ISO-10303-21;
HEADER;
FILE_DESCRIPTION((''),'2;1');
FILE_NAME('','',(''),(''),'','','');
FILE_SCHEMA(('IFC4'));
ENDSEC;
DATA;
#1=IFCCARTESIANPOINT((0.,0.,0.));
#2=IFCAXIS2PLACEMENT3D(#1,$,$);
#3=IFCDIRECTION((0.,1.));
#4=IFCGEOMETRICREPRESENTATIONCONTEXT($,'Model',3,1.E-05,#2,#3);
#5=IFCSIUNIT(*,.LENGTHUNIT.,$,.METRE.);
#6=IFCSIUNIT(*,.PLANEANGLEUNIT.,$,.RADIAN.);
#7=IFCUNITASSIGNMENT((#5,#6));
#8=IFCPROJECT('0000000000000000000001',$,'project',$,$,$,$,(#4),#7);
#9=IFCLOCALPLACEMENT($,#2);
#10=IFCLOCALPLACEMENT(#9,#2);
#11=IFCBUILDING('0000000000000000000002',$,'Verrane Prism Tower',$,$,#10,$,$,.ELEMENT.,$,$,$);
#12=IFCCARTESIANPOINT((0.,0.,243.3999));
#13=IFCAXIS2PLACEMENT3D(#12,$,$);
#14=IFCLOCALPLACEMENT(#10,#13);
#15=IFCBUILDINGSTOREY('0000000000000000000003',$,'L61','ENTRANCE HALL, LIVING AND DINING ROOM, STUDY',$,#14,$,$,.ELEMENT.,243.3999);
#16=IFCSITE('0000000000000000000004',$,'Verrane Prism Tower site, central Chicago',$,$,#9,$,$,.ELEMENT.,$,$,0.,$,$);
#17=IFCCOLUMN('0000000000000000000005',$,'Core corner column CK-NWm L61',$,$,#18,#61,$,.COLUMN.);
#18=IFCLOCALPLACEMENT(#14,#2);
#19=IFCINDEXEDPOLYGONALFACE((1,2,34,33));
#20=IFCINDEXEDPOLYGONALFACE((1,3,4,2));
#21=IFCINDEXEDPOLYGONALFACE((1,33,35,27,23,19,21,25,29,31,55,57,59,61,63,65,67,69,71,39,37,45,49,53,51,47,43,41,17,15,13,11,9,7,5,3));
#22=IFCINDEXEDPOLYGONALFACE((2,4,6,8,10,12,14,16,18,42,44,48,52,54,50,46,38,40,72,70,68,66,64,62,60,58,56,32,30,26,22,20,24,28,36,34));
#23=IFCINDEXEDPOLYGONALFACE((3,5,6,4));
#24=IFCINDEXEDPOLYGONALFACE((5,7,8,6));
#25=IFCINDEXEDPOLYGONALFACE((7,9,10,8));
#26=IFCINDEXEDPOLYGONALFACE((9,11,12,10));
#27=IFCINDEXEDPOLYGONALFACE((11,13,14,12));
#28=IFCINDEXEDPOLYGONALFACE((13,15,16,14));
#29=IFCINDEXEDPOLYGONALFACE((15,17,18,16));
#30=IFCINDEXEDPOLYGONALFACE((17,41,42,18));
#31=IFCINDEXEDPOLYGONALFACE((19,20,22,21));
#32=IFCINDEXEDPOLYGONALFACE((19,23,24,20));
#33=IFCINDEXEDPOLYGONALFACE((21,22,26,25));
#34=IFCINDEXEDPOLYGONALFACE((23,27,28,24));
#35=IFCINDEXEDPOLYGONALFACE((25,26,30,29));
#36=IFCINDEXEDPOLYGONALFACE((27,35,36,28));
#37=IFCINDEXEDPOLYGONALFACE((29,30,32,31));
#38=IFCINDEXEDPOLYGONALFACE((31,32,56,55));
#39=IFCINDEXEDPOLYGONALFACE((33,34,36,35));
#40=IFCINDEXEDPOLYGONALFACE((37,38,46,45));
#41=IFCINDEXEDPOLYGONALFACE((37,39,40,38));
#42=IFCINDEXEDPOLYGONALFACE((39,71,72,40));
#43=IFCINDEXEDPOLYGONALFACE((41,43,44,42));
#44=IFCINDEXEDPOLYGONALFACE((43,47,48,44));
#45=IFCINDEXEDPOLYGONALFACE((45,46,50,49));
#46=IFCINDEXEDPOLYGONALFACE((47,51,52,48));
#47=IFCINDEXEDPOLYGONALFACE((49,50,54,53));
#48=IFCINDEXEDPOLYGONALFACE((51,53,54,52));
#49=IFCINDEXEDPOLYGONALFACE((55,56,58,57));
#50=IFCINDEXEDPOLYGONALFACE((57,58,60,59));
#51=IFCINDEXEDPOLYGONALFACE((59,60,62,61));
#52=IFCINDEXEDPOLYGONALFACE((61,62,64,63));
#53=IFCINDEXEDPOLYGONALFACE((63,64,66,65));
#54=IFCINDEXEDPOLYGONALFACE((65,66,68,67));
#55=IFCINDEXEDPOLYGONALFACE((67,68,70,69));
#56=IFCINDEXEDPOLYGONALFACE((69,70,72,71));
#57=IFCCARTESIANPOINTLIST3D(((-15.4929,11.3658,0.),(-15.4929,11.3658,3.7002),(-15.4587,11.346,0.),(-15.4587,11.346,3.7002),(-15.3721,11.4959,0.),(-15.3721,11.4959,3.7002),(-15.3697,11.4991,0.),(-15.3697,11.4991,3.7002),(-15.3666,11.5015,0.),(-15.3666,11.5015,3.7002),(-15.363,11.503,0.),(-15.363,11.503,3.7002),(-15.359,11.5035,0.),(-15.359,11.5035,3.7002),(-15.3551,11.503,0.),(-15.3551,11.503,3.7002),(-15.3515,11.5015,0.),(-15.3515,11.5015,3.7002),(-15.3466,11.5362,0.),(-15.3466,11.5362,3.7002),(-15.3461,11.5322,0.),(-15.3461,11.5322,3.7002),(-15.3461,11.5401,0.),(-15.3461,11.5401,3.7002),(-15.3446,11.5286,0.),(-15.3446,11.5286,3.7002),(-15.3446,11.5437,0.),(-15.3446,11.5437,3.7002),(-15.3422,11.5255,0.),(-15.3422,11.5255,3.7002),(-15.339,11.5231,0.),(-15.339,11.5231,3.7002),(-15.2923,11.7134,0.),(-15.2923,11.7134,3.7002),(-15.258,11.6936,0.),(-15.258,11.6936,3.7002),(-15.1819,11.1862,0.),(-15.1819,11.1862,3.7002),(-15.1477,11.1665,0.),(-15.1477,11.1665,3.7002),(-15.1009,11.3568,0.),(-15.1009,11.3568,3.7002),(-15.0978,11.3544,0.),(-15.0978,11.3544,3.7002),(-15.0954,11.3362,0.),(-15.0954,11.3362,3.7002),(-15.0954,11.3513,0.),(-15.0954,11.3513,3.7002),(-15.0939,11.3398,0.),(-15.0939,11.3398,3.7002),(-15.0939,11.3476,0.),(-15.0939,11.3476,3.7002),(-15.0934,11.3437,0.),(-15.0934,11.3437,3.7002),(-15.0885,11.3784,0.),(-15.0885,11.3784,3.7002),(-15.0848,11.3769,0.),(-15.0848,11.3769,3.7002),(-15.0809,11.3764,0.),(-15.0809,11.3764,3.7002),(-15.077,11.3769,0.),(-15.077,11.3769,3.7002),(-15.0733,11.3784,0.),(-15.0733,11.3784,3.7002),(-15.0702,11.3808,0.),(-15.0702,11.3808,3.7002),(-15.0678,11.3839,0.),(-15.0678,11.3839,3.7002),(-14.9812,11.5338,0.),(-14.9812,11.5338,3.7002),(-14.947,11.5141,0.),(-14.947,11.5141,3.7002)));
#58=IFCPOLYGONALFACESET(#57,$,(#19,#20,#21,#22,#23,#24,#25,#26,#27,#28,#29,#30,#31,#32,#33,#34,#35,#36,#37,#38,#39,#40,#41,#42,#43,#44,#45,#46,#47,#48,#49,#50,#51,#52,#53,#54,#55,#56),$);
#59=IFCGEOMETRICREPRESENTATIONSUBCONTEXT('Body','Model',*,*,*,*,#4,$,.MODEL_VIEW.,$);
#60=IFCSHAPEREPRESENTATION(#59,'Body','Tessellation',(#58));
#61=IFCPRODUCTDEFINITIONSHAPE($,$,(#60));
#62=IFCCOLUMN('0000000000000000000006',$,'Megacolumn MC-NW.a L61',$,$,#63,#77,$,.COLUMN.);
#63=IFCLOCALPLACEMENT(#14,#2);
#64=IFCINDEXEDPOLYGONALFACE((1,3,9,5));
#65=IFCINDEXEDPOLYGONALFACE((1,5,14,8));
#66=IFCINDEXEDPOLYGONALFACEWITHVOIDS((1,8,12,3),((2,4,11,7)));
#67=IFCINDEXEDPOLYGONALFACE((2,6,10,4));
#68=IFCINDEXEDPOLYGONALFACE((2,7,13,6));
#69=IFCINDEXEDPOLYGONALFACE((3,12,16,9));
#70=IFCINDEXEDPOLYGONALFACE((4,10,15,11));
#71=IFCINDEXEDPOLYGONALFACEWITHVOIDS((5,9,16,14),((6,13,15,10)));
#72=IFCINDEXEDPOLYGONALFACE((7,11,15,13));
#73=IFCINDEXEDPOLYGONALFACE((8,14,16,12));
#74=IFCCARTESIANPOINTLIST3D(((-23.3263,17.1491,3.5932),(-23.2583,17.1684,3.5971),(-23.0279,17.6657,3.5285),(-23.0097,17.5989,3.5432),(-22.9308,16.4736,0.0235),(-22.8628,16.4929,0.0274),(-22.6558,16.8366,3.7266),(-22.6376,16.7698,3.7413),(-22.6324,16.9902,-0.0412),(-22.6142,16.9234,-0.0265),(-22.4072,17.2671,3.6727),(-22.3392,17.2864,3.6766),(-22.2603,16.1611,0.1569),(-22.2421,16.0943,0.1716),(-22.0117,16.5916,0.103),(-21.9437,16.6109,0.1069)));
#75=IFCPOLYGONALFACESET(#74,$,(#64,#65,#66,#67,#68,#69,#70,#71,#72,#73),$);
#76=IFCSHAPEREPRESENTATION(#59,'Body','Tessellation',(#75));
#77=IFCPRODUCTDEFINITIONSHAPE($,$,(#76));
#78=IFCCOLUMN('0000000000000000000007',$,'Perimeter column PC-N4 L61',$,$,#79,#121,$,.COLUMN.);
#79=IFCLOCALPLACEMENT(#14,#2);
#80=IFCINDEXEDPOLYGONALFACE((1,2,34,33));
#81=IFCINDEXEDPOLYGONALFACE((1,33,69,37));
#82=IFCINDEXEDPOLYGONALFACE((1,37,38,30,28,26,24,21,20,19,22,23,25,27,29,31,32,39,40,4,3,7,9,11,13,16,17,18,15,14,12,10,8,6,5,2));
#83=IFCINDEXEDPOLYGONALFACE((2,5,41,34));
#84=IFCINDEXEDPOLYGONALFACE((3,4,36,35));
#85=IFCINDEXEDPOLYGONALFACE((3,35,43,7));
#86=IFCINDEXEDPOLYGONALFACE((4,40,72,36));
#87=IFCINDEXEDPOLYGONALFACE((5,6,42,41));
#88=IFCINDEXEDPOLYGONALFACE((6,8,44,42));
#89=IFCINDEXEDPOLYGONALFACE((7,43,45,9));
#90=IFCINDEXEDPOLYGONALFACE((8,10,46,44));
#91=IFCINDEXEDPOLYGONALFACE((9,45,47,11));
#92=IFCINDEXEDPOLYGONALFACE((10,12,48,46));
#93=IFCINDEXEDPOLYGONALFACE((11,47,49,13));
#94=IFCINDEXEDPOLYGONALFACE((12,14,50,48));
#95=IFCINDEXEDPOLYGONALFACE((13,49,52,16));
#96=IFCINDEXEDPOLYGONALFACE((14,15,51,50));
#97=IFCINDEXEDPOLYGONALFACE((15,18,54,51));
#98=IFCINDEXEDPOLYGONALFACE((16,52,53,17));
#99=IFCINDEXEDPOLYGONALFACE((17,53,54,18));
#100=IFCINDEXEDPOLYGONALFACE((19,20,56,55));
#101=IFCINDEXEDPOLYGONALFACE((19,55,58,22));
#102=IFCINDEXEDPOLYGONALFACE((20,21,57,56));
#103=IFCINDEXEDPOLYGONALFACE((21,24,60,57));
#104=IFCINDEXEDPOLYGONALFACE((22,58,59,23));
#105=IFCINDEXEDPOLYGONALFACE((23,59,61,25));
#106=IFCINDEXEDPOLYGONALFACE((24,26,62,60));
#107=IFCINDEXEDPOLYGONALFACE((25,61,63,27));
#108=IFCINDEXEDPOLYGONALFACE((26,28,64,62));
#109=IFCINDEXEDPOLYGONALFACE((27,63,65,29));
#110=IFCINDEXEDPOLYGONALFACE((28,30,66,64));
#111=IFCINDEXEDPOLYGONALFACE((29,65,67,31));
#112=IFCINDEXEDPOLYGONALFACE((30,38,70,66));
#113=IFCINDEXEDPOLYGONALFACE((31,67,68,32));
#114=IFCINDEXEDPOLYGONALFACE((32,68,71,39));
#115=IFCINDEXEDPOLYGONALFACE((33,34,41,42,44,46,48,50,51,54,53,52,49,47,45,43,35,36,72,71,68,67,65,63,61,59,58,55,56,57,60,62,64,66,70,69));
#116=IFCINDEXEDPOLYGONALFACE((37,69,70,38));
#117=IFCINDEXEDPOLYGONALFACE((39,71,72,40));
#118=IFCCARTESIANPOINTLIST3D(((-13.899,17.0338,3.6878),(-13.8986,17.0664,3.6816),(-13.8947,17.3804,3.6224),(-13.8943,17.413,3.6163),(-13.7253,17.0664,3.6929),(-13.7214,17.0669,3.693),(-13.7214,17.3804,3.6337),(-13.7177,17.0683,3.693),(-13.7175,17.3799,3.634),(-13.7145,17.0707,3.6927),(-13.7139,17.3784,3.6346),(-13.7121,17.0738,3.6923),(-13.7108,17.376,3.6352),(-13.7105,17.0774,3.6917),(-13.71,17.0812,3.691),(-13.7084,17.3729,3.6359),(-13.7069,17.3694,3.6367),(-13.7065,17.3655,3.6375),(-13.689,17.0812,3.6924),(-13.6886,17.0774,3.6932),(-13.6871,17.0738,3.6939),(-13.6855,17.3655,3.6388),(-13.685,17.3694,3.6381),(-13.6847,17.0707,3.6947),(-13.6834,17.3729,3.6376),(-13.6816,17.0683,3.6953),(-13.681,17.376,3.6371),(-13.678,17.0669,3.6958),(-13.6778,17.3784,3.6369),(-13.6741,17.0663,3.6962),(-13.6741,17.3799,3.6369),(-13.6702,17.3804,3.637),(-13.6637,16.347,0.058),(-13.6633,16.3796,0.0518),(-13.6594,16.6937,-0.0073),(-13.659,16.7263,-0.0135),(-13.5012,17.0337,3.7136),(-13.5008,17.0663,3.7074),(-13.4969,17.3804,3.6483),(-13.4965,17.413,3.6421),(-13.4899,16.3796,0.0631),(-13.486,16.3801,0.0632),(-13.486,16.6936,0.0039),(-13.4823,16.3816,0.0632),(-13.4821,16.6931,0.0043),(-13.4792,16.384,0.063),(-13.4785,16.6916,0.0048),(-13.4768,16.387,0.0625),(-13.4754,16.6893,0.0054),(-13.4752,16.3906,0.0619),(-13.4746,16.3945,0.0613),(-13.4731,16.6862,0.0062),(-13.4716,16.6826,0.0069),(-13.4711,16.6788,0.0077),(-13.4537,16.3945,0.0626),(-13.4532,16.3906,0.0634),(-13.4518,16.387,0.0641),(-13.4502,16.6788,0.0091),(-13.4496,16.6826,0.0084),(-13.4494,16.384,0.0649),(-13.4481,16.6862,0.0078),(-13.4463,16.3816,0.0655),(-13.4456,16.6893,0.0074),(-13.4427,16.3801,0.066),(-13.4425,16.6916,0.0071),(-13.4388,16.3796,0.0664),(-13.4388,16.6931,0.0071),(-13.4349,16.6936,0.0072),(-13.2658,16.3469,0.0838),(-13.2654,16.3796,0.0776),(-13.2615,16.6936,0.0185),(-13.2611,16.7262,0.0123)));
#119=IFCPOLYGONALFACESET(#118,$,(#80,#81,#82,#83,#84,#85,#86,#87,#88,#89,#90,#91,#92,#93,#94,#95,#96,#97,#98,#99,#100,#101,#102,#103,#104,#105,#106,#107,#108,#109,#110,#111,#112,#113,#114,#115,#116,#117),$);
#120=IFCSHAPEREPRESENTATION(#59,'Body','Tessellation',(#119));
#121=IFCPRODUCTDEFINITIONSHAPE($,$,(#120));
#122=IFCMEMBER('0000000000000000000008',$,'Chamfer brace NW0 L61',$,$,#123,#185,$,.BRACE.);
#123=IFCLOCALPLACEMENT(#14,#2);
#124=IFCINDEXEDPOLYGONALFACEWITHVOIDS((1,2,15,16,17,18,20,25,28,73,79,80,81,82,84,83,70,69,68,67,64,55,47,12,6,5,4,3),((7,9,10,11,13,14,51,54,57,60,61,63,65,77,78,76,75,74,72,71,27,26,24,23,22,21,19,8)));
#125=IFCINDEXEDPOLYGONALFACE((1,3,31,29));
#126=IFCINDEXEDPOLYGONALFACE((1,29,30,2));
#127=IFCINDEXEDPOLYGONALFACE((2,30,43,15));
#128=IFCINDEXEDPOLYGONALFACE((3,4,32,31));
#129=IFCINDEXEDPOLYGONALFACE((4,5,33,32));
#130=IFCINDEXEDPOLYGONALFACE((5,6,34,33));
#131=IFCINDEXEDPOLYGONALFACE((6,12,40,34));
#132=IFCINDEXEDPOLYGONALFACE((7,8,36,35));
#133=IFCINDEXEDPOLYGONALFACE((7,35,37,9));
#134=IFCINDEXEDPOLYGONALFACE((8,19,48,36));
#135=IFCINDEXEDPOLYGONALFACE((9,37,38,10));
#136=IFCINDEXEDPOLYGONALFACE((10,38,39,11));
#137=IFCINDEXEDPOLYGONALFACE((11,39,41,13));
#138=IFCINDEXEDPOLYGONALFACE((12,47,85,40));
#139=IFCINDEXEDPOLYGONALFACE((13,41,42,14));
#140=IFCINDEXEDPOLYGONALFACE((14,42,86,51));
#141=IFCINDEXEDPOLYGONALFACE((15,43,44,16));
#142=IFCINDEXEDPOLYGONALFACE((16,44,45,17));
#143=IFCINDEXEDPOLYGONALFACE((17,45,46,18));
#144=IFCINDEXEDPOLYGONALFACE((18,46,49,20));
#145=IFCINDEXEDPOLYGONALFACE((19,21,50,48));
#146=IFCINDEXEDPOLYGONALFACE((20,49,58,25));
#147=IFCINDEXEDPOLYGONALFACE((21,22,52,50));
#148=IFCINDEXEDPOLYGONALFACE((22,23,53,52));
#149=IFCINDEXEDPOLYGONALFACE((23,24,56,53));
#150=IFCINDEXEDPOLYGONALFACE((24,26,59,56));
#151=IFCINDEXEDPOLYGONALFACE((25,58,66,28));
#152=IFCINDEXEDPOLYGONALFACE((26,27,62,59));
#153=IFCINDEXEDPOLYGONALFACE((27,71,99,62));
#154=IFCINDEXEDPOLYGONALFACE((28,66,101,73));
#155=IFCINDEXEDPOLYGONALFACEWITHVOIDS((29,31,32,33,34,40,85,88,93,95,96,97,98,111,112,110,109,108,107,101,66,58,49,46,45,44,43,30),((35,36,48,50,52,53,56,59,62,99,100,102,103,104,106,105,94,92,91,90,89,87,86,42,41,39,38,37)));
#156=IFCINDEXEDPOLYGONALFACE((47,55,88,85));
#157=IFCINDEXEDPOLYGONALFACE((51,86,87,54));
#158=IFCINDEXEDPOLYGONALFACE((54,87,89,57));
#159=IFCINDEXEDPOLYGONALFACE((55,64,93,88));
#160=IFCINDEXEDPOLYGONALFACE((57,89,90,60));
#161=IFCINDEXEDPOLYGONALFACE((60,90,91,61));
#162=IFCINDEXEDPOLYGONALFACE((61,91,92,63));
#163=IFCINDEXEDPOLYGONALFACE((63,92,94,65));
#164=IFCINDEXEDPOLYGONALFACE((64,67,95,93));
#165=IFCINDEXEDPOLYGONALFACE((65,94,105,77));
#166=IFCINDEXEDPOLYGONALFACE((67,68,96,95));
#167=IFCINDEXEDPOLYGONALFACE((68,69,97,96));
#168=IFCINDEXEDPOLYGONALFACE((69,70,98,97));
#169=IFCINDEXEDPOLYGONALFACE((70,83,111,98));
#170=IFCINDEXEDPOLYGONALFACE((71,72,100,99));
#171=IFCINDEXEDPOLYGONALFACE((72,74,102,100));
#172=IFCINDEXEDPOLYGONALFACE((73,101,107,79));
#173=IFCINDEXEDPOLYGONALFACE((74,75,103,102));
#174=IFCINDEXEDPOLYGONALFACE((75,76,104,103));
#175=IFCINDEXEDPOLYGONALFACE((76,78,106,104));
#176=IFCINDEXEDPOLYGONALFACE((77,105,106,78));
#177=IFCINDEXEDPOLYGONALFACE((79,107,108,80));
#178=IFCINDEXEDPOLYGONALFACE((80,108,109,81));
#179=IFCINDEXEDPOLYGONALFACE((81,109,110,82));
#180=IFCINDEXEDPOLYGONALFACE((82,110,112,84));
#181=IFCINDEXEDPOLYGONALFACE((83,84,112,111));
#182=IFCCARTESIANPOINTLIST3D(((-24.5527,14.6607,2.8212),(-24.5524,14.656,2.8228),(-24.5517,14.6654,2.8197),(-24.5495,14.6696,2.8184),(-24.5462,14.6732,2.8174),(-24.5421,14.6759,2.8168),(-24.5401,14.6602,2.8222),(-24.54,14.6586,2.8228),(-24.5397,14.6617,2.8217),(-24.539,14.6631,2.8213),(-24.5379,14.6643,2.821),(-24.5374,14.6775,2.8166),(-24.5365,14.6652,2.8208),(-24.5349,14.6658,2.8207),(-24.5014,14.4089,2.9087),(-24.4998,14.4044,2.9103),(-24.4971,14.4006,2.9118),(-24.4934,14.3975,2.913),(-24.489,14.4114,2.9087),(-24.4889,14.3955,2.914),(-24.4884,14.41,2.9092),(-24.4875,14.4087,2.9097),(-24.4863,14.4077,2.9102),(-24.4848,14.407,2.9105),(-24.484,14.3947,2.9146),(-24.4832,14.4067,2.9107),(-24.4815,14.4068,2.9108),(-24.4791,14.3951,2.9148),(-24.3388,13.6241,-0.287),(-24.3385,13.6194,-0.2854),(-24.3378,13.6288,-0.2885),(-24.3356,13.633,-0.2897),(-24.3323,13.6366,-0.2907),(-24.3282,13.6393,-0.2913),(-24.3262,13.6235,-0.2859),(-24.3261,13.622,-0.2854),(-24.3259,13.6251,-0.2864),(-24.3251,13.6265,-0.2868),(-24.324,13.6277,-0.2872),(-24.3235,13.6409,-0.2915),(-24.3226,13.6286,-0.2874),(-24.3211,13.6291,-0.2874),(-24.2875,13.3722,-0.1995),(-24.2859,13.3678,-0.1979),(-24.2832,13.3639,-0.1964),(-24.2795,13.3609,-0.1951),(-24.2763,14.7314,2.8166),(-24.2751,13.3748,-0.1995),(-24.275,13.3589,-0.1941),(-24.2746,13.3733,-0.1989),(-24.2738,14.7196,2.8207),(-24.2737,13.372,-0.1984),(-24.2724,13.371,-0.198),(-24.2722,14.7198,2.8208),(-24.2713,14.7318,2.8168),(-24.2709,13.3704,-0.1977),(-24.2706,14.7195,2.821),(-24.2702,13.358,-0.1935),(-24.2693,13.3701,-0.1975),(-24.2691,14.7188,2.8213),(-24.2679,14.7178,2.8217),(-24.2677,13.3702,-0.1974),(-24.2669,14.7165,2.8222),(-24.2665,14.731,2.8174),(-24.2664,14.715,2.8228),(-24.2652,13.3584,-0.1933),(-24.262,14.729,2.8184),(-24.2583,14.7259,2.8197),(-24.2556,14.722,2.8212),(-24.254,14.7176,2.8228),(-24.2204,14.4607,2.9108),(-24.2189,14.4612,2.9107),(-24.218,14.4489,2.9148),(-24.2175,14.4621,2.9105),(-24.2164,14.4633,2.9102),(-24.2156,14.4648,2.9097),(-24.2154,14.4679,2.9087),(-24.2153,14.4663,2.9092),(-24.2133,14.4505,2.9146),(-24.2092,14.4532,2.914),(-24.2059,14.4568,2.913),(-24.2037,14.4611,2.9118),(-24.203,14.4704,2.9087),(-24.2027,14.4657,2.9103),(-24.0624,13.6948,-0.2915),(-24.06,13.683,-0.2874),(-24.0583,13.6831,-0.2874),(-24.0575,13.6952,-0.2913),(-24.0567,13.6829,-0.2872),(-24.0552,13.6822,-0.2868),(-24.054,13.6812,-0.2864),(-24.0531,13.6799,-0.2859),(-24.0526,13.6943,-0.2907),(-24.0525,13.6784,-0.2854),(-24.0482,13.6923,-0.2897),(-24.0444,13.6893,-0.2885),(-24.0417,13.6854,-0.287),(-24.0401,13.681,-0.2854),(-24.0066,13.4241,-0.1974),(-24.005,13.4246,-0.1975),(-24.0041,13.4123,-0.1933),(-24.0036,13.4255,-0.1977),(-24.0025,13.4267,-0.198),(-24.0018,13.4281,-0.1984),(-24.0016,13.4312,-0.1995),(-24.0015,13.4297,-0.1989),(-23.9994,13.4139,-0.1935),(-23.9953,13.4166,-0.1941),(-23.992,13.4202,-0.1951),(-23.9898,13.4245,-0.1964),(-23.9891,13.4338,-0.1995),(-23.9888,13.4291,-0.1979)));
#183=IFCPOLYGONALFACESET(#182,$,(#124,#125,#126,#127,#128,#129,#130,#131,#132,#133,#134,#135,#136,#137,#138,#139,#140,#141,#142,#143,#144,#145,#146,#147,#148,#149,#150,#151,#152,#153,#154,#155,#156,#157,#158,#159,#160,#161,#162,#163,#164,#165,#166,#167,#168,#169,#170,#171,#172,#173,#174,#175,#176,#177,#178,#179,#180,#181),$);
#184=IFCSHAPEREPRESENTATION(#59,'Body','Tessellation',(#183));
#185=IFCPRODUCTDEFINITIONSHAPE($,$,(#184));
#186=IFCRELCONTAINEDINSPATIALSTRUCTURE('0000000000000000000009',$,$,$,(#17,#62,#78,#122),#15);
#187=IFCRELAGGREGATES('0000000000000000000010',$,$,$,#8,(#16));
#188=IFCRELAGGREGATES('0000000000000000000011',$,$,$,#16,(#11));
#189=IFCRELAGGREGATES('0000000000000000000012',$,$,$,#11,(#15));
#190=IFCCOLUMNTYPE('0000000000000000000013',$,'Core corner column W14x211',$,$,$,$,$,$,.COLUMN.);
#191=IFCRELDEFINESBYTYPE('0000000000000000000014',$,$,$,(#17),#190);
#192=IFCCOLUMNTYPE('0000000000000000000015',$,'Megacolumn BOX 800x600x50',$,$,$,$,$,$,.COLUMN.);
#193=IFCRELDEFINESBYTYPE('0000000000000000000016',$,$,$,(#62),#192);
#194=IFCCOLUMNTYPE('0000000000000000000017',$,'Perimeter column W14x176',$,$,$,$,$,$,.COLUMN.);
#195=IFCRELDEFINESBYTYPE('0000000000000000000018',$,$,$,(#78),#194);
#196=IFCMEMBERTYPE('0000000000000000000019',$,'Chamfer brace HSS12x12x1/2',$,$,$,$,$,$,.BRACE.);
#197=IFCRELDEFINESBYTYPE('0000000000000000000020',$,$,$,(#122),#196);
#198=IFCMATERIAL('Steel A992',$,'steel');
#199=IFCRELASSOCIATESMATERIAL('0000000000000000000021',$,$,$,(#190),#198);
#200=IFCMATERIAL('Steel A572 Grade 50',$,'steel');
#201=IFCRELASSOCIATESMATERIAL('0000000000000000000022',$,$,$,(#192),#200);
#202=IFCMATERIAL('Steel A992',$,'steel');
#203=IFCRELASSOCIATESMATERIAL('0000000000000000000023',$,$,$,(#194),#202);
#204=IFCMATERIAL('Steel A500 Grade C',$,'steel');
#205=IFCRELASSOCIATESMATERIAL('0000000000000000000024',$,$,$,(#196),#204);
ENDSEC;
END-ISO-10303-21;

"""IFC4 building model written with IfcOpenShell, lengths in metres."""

from ifc_helpers import new_model, si_unit, direction, frame, origin, origin_2d, place, context, subcontext, project, spatial, hollow_rectangle, i_section, extrude, material, material_profile, profile_set, type_object, element, save


model = new_model("IFC4")

# Units and contexts
model_context = context("Model", 3, precision=1e-05, world=origin(), true_north=direction((0.0, 1.0)))
body_context = subcontext(model_context, "Body", "Model", "MODEL_VIEW")
ifc_project = project(units=[si_unit("LENGTHUNIT", "METRE"), si_unit("PLANEANGLEUNIT", "RADIAN")], contexts=[model_context])

# Site, building, storey
site_placement = place(None, origin())
site = spatial("IfcSite", under=ifc_project, at=site_placement, Name="Verrane Prism Tower site, central Chicago", CompositionType="ELEMENT", RefElevation=0.0)
building_placement = place(site_placement, origin())
building = spatial("IfcBuilding", under=site, at=building_placement, Name="Verrane Prism Tower", CompositionType="ELEMENT")
storey_placement = place(building_placement, frame((0.0, 0.0, 243.3999)))
storey = spatial("IfcBuildingStorey", under=building, at=storey_placement, Name="L61", Description="ENTRANCE HALL, LIVING AND DINING ROOM, STUDY", CompositionType="ELEMENT", Elevation=243.3999)

# Columns
ifc_material_1 = material(Name="Steel A992", Category="steel")
ifc_material_profile_1 = material_profile(ifc_material_1, i_section(OverallWidth=0.4014, OverallDepth=0.3987, WebThickness=0.0249, FlangeThickness=0.0396, FilletRadius=0.0151, at=origin_2d()), Name="W14x211")
ifc_profile_set_1 = profile_set([ifc_material_profile_1], Name="Steel A992")
column_type_1 = type_object("IfcColumnType", Name="Core corner column W14x211", PredefinedType="COLUMN", material=ifc_profile_set_1)
column_1_placement = place(storey_placement, frame((-15.22, 11.4399, 0.0), z_axis=(0.0, 0.0, 1.0), x_axis=(0.5, 0.866025, 0.0)))
element("IfcColumn", 1, at=column_1_placement, inside=storey, type_object=column_type_1, Name="Core corner column CK-NWm L61", PredefinedType="COLUMN", context=body_context, shape_type="SweptSolid", body=[
    extrude(i_section(OverallWidth=0.4014, OverallDepth=0.3987, WebThickness=0.0249, FlangeThickness=0.0396, FilletRadius=0.0151, at=origin_2d()), origin(), (0.0, 0.0, 1.0), 3.7002),
])
ifc_material_2 = material(Name="Steel A572 Grade 50", Category="steel")
ifc_material_profile_2 = material_profile(ifc_material_2, hollow_rectangle(XDim=0.6001, YDim=0.8, WallThickness=0.05, at=origin_2d()), Name="BOX 800x600x50")
ifc_profile_set_2 = profile_set([ifc_material_profile_2], Name="Steel A572 Grade 50")
column_type_2 = type_object("IfcColumnType", Name="Megacolumn BOX 800x600x50", PredefinedType="COLUMN", material=ifc_profile_set_2)
column_2_placement = place(storey_placement, frame((-22.4373, 16.5422, 0.0652), z_axis=(-0.108221, 0.184843, 0.976791), x_axis=(0.497243, 0.860886, -0.107819)))
element("IfcColumn", 2, at=column_2_placement, inside=storey, type_object=column_type_2, Name="Megacolumn MC-NW.a L61", PredefinedType="COLUMN", context=body_context, shape_type="SweptSolid", body=[
    extrude(hollow_rectangle(XDim=0.6001, YDim=0.8, WallThickness=0.05, at=origin_2d()), origin(), (0.0, 0.0, 1.0), 3.6545),
])
ifc_material_3 = material(Name="Steel A992", Category="steel")
ifc_material_profile_3 = material_profile(ifc_material_3, i_section(OverallWidth=0.3987, OverallDepth=0.386, WebThickness=0.021, FlangeThickness=0.0332, FilletRadius=0.0151, at=origin_2d()), Name="W14x176")
ifc_profile_set_3 = profile_set([ifc_material_profile_3], Name="Steel A992")
column_type_3 = type_object("IfcColumnType", Name="Perimeter column W14x176", PredefinedType="COLUMN", material=ifc_profile_set_3)
column_3_placement = place(storey_placement, frame((-13.4624, 16.5366, 0.0352), z_axis=(-0.063578, 0.185524, 0.980581), x_axis=(0.997903, -0.000145, 0.064729)))
element("IfcColumn", 3, at=column_3_placement, inside=storey, type_object=column_type_3, Name="Perimeter column PC-N4 L61", PredefinedType="COLUMN", context=body_context, shape_type="SweptSolid", body=[
    extrude(i_section(OverallWidth=0.3987, OverallDepth=0.386, WebThickness=0.021, FlangeThickness=0.0332, FilletRadius=0.0151, at=origin_2d()), origin(), (0.0, 0.0, 1.0), 3.7017),
])

# Member
ifc_material_4 = material(Name="Steel A500 Grade C", Category="steel")
ifc_material_profile_4 = material_profile(ifc_material_4, hollow_rectangle(XDim=0.3047, YDim=0.3047, WallThickness=0.0127, InnerFilletRadius=0.0063, OuterFilletRadius=0.019, at=origin_2d()), Name="HSS12x12x1/2")
ifc_profile_set_4 = profile_set([ifc_material_profile_4], Name="Steel A500 Grade C")
member_type_1 = type_object("IfcMemberType", Name="Chamfer brace HSS12x12x1/2", PredefinedType="BRACE", material=ifc_profile_set_4)
member_1_placement = place(storey_placement, frame((-24.1638, 13.5266, -0.2424), z_axis=(-0.065135, 0.315712, 0.946617), x_axis=(-0.979374, -0.202056, 0.0)))
element("IfcMember", 4, at=member_1_placement, inside=storey, type_object=member_type_1, Name="Chamfer brace NW0 L61", PredefinedType="BRACE", context=body_context, shape_type="SweptSolid", body=[
    extrude(hollow_rectangle(XDim=0.3047, YDim=0.3047, WallThickness=0.0127, InnerFilletRadius=0.0063, OuterFilletRadius=0.019, at=origin_2d()), origin(), (0.0, 0.0, 1.0), 3.2834),
])

save(model, "model.ifc")
